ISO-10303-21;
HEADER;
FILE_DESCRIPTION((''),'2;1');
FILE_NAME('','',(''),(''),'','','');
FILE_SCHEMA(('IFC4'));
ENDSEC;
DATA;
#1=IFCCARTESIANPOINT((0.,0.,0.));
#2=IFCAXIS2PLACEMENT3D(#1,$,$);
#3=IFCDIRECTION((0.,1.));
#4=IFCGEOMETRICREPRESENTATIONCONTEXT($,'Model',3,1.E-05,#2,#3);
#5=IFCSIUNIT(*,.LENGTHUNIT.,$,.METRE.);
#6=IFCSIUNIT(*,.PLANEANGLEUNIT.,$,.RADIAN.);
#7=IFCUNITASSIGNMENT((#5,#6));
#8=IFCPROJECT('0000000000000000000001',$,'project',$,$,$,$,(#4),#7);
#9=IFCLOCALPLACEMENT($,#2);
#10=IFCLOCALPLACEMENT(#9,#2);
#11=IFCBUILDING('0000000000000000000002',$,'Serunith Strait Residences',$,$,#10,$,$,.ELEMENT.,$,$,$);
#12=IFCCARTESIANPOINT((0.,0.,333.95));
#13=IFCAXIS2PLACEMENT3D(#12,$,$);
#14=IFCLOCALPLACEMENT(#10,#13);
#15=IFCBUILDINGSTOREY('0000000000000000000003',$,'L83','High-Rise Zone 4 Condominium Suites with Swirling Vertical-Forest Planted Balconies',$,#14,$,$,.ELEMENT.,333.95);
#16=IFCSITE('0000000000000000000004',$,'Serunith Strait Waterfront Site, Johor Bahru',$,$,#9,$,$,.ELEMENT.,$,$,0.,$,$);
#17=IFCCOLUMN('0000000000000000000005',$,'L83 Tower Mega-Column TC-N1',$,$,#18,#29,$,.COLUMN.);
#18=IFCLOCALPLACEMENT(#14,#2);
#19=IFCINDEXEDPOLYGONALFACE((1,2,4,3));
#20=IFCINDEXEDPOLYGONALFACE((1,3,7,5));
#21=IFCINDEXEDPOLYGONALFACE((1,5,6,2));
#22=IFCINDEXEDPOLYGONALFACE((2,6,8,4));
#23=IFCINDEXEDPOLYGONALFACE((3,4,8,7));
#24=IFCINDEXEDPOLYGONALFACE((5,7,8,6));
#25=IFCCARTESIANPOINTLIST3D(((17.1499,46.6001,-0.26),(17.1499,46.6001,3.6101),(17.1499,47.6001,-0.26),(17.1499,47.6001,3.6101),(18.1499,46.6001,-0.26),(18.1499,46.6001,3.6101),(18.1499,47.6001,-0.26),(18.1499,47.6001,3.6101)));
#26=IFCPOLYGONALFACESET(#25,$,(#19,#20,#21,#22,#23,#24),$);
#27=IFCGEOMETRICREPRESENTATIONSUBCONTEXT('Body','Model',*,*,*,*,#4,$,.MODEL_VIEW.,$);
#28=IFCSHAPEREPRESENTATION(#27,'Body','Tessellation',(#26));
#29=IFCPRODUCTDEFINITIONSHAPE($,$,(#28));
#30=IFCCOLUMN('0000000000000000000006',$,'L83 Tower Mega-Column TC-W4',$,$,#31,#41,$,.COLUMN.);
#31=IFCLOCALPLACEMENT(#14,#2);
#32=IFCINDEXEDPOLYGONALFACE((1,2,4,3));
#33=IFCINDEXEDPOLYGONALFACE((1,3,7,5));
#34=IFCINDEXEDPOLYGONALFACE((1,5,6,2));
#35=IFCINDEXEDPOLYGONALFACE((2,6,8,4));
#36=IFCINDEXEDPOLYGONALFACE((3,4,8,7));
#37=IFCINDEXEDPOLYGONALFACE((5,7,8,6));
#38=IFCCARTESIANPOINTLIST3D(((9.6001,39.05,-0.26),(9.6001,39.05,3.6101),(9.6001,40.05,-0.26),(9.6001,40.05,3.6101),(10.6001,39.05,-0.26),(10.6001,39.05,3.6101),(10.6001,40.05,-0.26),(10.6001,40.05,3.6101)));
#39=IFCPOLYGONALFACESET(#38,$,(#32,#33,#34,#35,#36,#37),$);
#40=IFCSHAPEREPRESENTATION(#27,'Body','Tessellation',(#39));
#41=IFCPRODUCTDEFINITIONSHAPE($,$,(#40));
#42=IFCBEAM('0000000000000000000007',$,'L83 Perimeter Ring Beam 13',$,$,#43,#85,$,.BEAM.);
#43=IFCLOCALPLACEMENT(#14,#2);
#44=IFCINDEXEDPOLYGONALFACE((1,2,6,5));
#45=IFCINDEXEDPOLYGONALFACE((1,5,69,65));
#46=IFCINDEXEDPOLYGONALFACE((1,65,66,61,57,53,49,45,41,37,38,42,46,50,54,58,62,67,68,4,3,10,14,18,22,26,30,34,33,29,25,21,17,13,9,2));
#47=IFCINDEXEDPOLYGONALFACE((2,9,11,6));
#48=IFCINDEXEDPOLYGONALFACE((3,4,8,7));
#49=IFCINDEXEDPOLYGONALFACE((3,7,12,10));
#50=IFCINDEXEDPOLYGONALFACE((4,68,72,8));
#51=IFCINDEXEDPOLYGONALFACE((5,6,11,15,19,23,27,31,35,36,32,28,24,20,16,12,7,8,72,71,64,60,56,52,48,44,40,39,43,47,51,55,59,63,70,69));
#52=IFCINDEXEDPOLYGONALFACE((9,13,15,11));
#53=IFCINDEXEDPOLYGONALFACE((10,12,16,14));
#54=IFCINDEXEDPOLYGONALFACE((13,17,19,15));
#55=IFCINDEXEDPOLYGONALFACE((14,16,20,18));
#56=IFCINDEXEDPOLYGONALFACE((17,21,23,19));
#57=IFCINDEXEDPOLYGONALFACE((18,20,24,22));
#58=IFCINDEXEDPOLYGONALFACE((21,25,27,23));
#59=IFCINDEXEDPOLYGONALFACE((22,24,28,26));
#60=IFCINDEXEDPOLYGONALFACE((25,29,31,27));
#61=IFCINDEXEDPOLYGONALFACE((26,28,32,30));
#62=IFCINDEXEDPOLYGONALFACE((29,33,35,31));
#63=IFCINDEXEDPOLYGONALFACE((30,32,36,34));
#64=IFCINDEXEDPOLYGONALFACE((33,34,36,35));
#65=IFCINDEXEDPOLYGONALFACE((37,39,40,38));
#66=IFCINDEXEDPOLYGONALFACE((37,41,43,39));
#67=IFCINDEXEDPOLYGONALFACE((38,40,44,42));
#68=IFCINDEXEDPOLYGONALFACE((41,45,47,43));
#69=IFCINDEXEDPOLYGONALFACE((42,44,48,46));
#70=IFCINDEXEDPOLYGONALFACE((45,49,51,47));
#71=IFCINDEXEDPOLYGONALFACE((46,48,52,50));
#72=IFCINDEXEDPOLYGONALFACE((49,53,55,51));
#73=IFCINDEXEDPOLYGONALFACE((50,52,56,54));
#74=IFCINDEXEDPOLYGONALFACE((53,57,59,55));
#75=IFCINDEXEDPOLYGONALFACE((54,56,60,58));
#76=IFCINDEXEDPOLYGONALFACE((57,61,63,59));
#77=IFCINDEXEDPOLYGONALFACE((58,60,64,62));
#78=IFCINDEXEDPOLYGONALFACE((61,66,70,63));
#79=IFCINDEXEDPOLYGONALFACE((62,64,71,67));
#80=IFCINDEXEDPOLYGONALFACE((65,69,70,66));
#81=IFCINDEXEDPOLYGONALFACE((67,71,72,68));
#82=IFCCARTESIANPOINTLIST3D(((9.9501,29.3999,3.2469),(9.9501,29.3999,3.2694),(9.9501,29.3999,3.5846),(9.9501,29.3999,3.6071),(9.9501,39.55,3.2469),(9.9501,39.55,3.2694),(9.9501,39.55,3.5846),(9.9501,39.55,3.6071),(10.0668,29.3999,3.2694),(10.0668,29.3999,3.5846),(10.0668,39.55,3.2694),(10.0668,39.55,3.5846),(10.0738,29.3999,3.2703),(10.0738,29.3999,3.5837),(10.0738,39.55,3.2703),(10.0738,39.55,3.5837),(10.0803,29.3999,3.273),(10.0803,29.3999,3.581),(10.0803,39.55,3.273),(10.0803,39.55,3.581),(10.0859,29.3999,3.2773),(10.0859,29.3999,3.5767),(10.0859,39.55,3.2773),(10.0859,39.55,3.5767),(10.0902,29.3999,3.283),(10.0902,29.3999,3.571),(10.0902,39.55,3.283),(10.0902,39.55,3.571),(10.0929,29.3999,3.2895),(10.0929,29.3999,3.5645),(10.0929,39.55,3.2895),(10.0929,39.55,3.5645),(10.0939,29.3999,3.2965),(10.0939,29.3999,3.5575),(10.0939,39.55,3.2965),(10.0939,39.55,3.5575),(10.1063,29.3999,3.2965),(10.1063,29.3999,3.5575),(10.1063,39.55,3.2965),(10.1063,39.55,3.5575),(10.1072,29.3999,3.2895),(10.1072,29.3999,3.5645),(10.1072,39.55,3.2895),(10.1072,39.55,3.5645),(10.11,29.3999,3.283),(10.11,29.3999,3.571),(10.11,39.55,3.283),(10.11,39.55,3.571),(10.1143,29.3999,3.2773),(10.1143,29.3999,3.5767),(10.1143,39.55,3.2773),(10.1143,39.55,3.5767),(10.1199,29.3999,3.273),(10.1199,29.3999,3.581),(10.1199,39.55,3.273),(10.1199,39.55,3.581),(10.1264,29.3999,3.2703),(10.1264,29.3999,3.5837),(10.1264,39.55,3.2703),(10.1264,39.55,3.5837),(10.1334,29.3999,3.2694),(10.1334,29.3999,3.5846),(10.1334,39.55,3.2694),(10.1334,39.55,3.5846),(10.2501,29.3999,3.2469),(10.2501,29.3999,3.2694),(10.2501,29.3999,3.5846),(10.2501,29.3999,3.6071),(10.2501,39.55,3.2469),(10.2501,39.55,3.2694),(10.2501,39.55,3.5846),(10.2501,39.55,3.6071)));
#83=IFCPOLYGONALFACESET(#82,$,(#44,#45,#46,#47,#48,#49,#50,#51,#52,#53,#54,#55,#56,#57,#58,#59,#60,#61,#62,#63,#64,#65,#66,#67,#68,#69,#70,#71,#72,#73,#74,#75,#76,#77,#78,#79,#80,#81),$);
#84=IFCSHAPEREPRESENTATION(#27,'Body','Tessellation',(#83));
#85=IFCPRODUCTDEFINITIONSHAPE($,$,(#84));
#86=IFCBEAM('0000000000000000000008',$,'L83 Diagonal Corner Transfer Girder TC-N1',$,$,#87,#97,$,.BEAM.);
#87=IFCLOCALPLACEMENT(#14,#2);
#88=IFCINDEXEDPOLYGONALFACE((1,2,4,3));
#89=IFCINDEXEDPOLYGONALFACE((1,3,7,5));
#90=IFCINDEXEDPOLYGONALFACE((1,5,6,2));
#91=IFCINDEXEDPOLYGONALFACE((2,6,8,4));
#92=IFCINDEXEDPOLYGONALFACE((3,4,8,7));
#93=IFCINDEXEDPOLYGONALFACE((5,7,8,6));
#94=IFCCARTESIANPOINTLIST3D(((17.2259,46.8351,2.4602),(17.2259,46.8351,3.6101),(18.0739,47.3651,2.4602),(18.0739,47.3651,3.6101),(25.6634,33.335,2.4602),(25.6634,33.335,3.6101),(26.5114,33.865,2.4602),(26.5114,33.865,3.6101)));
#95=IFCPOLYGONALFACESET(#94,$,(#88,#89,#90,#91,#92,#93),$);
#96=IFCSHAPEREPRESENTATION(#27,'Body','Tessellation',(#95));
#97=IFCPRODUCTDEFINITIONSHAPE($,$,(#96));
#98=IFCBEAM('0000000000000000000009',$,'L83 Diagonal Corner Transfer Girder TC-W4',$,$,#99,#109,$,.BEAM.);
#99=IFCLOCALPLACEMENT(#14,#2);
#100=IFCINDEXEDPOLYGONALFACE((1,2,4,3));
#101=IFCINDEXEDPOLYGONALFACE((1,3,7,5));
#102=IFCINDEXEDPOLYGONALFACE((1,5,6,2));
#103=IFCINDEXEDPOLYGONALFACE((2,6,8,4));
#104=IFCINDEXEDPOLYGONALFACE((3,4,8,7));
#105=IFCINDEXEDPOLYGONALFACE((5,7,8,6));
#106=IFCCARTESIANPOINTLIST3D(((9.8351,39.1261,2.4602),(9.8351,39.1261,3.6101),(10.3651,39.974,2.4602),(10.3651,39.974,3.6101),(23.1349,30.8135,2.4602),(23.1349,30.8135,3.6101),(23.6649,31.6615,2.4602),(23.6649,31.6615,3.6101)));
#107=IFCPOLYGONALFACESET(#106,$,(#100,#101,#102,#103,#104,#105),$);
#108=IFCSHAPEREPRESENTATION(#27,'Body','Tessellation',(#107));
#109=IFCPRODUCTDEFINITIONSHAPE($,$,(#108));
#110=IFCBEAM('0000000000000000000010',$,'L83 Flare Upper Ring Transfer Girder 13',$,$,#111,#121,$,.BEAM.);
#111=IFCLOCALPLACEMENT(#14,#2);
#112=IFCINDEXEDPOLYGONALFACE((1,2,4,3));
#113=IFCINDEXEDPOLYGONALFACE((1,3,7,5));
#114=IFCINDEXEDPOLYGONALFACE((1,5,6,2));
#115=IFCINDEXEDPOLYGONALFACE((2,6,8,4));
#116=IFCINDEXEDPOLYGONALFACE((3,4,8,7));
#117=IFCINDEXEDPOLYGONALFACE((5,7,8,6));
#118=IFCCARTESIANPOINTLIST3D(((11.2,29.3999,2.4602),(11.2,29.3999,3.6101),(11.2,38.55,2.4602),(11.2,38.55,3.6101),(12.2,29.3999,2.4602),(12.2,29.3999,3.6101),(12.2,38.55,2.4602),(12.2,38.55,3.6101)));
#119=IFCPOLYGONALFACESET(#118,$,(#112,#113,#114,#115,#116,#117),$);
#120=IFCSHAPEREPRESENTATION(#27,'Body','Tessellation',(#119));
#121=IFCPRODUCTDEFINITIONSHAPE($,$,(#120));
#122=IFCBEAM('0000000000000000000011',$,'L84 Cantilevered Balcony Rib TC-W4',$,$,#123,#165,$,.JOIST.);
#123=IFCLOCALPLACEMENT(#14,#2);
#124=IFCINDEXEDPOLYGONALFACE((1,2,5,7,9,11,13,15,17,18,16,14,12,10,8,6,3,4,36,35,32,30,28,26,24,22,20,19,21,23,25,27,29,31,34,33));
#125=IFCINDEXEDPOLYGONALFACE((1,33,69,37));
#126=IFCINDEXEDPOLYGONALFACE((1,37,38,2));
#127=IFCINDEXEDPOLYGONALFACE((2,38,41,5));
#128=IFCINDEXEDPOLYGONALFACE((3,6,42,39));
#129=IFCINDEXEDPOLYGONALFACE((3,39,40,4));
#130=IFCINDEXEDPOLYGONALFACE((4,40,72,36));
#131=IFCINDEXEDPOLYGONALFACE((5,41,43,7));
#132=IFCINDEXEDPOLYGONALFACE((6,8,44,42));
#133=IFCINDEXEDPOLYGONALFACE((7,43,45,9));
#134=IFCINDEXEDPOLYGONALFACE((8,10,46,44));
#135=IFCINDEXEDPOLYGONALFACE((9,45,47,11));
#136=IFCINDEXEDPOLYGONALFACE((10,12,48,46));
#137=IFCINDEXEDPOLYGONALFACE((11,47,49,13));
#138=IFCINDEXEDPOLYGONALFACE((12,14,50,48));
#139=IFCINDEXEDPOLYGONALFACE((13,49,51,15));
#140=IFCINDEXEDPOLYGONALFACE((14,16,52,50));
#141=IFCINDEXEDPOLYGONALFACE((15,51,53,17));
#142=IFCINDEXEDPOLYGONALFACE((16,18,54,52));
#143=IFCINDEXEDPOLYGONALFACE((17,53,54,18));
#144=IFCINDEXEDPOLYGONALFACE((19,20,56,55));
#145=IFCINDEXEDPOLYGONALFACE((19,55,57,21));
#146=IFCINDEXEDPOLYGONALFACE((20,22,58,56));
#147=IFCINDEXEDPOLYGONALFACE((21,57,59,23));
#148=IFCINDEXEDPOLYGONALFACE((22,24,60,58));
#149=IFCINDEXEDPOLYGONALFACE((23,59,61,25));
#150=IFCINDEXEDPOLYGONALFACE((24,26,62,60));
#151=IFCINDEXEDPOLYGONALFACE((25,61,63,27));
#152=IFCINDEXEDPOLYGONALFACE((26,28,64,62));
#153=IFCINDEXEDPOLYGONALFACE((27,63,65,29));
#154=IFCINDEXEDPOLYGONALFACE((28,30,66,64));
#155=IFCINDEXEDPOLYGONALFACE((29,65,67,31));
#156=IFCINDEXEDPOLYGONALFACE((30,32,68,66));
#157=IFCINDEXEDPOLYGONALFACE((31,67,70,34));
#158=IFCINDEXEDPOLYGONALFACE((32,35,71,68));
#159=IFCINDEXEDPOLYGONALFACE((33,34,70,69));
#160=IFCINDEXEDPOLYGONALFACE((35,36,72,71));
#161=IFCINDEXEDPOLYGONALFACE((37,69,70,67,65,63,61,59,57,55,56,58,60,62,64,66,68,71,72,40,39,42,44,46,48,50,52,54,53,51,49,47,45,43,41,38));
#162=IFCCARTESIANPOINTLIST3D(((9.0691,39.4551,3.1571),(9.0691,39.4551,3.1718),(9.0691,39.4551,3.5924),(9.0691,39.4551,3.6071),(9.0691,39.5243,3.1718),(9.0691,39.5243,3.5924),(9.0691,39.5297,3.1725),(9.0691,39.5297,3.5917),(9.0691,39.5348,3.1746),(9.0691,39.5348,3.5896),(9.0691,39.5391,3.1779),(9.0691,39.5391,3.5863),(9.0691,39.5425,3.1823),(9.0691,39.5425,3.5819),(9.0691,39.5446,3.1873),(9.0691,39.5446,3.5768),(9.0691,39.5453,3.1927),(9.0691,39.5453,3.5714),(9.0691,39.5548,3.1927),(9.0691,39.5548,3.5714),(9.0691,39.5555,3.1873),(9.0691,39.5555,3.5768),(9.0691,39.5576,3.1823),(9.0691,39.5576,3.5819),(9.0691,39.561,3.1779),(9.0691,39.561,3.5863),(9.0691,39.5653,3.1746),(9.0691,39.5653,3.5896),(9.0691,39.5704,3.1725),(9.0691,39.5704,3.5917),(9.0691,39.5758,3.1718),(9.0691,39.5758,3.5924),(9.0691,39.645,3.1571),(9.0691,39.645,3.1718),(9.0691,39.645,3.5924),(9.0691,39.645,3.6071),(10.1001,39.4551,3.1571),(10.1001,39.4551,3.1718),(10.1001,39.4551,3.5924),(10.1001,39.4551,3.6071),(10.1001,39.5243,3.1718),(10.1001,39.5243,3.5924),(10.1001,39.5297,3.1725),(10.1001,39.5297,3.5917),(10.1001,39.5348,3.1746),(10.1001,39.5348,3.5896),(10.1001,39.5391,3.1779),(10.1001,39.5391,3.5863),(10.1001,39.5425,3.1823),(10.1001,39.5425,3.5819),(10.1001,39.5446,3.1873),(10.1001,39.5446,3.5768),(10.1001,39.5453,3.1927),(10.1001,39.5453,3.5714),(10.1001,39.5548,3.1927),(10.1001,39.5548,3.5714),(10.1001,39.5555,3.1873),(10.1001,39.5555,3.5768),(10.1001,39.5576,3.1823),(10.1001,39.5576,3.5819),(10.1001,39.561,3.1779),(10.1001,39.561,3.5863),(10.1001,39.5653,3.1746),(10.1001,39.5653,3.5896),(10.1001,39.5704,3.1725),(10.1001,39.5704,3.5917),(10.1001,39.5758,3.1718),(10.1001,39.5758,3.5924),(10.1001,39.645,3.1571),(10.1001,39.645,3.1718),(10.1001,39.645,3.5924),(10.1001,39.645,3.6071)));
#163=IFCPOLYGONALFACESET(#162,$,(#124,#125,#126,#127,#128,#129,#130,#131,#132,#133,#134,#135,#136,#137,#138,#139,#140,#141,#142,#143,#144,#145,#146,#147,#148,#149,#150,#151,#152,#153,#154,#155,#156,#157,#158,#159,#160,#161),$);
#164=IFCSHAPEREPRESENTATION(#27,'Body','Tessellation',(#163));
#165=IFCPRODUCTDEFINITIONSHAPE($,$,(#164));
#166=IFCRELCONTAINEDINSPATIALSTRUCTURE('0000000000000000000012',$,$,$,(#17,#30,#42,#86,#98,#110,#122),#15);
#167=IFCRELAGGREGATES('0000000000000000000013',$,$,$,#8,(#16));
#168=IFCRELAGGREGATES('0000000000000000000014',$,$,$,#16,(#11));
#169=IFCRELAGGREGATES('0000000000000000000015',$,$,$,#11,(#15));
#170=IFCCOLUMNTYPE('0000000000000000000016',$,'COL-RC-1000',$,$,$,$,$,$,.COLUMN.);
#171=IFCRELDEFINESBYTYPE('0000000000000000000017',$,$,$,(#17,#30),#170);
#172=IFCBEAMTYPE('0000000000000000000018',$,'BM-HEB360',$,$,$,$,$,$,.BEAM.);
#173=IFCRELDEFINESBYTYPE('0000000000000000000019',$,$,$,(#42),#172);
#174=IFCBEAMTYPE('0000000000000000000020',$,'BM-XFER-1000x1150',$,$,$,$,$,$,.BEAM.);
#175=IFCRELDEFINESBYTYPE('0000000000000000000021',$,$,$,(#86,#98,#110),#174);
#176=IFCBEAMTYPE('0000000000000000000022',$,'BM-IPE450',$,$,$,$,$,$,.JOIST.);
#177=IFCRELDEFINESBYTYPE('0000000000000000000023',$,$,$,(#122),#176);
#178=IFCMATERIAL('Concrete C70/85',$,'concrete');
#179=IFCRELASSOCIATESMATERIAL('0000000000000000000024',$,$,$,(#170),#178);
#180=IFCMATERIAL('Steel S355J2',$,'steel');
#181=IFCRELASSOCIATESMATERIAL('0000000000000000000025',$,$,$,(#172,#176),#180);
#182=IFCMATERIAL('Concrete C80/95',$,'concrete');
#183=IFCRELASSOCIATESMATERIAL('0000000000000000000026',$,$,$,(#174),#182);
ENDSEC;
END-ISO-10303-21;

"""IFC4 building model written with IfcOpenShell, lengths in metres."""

from ifc_helpers import new_model, si_unit, direction, frame, origin, origin_2d, place, context, subcontext, project, spatial, rectangle, i_section, extrude, source, transform, mapped, material, material_profile, profile_set, type_object, element, save


model = new_model("IFC4")

# Units and contexts
model_context = context("Model", 3, precision=1e-05, world=origin(), true_north=direction((0.0, 1.0)))
body_context = subcontext(model_context, "Body", "Model", "MODEL_VIEW")
ifc_project = project(units=[si_unit("LENGTHUNIT", "METRE"), si_unit("PLANEANGLEUNIT", "RADIAN")], contexts=[model_context])

# Site, building, storey
site_placement = place(None, origin())
site = spatial("IfcSite", under=ifc_project, at=site_placement, Name="Serunith Strait Waterfront Site, Johor Bahru", CompositionType="ELEMENT", RefElevation=0.0)
building_placement = place(site_placement, origin())
building = spatial("IfcBuilding", under=site, at=building_placement, Name="Serunith Strait Residences", CompositionType="ELEMENT")
storey_placement = place(building_placement, frame((0.0, 0.0, 333.95)))
storey = spatial("IfcBuildingStorey", under=building, at=storey_placement, Name="L83", Description="High-Rise Zone 4 Condominium Suites with Swirling Vertical-Forest Planted Balconies", CompositionType="ELEMENT", Elevation=333.95)

# Columns
ifc_material_1 = material(Name="Concrete C70/85", Category="concrete")
ifc_material_profile_1 = material_profile(ifc_material_1, rectangle(XDim=1.0, YDim=1.0, at=origin_2d()), Name="RC 1000x1000")
ifc_profile_set_1 = profile_set([ifc_material_profile_1], Name="Concrete C70/85")
column_type = type_object("IfcColumnType", Name="COL-RC-1000", PredefinedType="COLUMN", material=ifc_profile_set_1)
shared_shape_1 = source(origin(), body_context, "Body", "SweptSolid", [
    extrude(rectangle(XDim=1.0, YDim=1.0, at=origin_2d()), origin(), (0.0, 0.0, 1.0), 3.8701),
])
for number, where, z_axis, x_axis, name in (
    (1, (17.6499, 47.1001, -0.26), (0.0, 0.0, 1.0), (1.0, 0.0, 0.0), "L83 Tower Mega-Column TC-N1"),
    (2, (10.1001, 39.55, -0.26), (0.0, 0.0, 1.0), (1.0, 0.0, 0.0), "L83 Tower Mega-Column TC-W4"),
):
    element("IfcColumn", number, at=place(storey_placement, frame(where, z_axis=z_axis, x_axis=x_axis)), inside=storey, type_object=column_type, Name=name, PredefinedType="COLUMN", context=body_context, shape_type="MappedRepresentation", body=[
        mapped(shared_shape_1, transform((0.0, 0.0, 0.0), scale=1.0)),
    ])

# Beams
ifc_material_2 = material(Name="Steel S355J2", Category="steel")
ifc_material_profile_2 = material_profile(ifc_material_2, i_section(OverallWidth=0.3, OverallDepth=0.3601, WebThickness=0.0125, FlangeThickness=0.0225, FilletRadius=0.0271, at=origin_2d()), Name="HEB 360")
ifc_profile_set_2 = profile_set([ifc_material_profile_2], Name="Steel S355J2")
beam_type_1 = type_object("IfcBeamType", Name="BM-HEB360", PredefinedType="BEAM", material=ifc_profile_set_2)
shared_shape_2 = source(origin(), body_context, "Body", "SweptSolid", [
    extrude(i_section(OverallWidth=0.3, OverallDepth=0.3601, WebThickness=0.0125, FlangeThickness=0.0225, FilletRadius=0.0271, at=origin_2d()), origin(), (0.0, 0.0, 1.0), 10.1501),
])
beam_1_placement = place(storey_placement, frame((10.1001, 39.55, 3.427), z_axis=(0.0, -1.0, 0.0), x_axis=(1.0, 0.0, 0.0)))
element("IfcBeam", 3, at=beam_1_placement, inside=storey, type_object=beam_type_1, Name="L83 Perimeter Ring Beam 13", PredefinedType="BEAM", context=body_context, shape_type="MappedRepresentation", body=[
    mapped(shared_shape_2, transform((0.0, 0.0, 0.0), scale=1.0)),
])
ifc_material_3 = material(Name="Concrete C80/95", Category="concrete")
ifc_material_profile_3 = material_profile(ifc_material_3, rectangle(XDim=1.0, YDim=1.1499, at=origin_2d()), Name="RC 1000x1150")
ifc_profile_set_3 = profile_set([ifc_material_profile_3], Name="Concrete C80/95")
beam_type_2 = type_object("IfcBeamType", Name="BM-XFER-1000x1150", PredefinedType="BEAM", material=ifc_profile_set_3)
shared_shape_3 = source(origin(), body_context, "Body", "SweptSolid", [
    extrude(rectangle(XDim=1.0, YDim=1.1499, at=origin_2d()), origin(), (0.0, 0.0, 1.0), 15.9199),
])
beam_2_placement = place(storey_placement, frame((17.6499, 47.1001, 3.0352), z_axis=(0.529999, -0.847998, 0.0), x_axis=(0.847998, 0.529999, 0.0)))
element("IfcBeam", 4, at=beam_2_placement, inside=storey, type_object=beam_type_2, Name="L83 Diagonal Corner Transfer Girder TC-N1", PredefinedType="BEAM", context=body_context, shape_type="MappedRepresentation", body=[
    mapped(shared_shape_3, transform((0.0, 0.0, 0.0), scale=1.0)),
])
shared_shape_4 = source(origin(), body_context, "Body", "SweptSolid", [
    extrude(rectangle(XDim=1.0, YDim=1.1499, at=origin_2d()), origin(), (0.0, 0.0, 1.0), 15.6838),
])
beam_3_placement = place(storey_placement, frame((10.1001, 39.55, 3.0352), z_axis=(0.847995, -0.530005, 0.0), x_axis=(0.530005, 0.847995, 0.0)))
element("IfcBeam", 5, at=beam_3_placement, inside=storey, type_object=beam_type_2, Name="L83 Diagonal Corner Transfer Girder TC-W4", PredefinedType="BEAM", context=body_context, shape_type="MappedRepresentation", body=[
    mapped(shared_shape_4, transform((0.0, 0.0, 0.0), scale=1.0)),
])
shared_shape_5 = source(origin(), body_context, "Body", "SweptSolid", [
    extrude(rectangle(XDim=1.0, YDim=1.1499, at=origin_2d()), origin(), (0.0, 0.0, 1.0), 9.1501),
])
beam_4_placement = place(storey_placement, frame((11.7, 38.55, 3.0352), z_axis=(0.0, -1.0, 0.0), x_axis=(1.0, 0.0, 0.0)))
element("IfcBeam", 6, at=beam_4_placement, inside=storey, type_object=beam_type_2, Name="L83 Flare Upper Ring Transfer Girder 13", PredefinedType="BEAM", context=body_context, shape_type="MappedRepresentation", body=[
    mapped(shared_shape_5, transform((0.0, 0.0, 0.0), scale=1.0)),
])
ifc_material_profile_4 = material_profile(ifc_material_2, i_section(OverallWidth=0.1899, OverallDepth=0.45, WebThickness=0.0095, FlangeThickness=0.0146, FilletRadius=0.021, at=origin_2d()), Name="IPE 450")
ifc_profile_set_4 = profile_set([ifc_material_profile_4], Name="Steel S355J2")
beam_type_3 = type_object("IfcBeamType", Name="BM-IPE450", PredefinedType="JOIST", material=ifc_profile_set_4)
shared_shape_6 = source(origin(), body_context, "Body", "SweptSolid", [
    extrude(i_section(OverallWidth=0.1899, OverallDepth=0.45, WebThickness=0.0095, FlangeThickness=0.0146, FilletRadius=0.021, at=origin_2d()), origin(), (0.0, 0.0, 1.0), 1.031),
])
beam_5_placement = place(storey_placement, frame((10.1001, 39.55, 3.3821), z_axis=(-1.0, 0.0, 0.0), x_axis=(0.0, -1.0, 0.0)))
element("IfcBeam", 7, at=beam_5_placement, inside=storey, type_object=beam_type_3, Name="L84 Cantilevered Balcony Rib TC-W4", PredefinedType="JOIST", context=body_context, shape_type="MappedRepresentation", body=[
    mapped(shared_shape_6, transform((0.0, 0.0, 0.0), scale=1.0)),
])

save(model, "model.ifc")
